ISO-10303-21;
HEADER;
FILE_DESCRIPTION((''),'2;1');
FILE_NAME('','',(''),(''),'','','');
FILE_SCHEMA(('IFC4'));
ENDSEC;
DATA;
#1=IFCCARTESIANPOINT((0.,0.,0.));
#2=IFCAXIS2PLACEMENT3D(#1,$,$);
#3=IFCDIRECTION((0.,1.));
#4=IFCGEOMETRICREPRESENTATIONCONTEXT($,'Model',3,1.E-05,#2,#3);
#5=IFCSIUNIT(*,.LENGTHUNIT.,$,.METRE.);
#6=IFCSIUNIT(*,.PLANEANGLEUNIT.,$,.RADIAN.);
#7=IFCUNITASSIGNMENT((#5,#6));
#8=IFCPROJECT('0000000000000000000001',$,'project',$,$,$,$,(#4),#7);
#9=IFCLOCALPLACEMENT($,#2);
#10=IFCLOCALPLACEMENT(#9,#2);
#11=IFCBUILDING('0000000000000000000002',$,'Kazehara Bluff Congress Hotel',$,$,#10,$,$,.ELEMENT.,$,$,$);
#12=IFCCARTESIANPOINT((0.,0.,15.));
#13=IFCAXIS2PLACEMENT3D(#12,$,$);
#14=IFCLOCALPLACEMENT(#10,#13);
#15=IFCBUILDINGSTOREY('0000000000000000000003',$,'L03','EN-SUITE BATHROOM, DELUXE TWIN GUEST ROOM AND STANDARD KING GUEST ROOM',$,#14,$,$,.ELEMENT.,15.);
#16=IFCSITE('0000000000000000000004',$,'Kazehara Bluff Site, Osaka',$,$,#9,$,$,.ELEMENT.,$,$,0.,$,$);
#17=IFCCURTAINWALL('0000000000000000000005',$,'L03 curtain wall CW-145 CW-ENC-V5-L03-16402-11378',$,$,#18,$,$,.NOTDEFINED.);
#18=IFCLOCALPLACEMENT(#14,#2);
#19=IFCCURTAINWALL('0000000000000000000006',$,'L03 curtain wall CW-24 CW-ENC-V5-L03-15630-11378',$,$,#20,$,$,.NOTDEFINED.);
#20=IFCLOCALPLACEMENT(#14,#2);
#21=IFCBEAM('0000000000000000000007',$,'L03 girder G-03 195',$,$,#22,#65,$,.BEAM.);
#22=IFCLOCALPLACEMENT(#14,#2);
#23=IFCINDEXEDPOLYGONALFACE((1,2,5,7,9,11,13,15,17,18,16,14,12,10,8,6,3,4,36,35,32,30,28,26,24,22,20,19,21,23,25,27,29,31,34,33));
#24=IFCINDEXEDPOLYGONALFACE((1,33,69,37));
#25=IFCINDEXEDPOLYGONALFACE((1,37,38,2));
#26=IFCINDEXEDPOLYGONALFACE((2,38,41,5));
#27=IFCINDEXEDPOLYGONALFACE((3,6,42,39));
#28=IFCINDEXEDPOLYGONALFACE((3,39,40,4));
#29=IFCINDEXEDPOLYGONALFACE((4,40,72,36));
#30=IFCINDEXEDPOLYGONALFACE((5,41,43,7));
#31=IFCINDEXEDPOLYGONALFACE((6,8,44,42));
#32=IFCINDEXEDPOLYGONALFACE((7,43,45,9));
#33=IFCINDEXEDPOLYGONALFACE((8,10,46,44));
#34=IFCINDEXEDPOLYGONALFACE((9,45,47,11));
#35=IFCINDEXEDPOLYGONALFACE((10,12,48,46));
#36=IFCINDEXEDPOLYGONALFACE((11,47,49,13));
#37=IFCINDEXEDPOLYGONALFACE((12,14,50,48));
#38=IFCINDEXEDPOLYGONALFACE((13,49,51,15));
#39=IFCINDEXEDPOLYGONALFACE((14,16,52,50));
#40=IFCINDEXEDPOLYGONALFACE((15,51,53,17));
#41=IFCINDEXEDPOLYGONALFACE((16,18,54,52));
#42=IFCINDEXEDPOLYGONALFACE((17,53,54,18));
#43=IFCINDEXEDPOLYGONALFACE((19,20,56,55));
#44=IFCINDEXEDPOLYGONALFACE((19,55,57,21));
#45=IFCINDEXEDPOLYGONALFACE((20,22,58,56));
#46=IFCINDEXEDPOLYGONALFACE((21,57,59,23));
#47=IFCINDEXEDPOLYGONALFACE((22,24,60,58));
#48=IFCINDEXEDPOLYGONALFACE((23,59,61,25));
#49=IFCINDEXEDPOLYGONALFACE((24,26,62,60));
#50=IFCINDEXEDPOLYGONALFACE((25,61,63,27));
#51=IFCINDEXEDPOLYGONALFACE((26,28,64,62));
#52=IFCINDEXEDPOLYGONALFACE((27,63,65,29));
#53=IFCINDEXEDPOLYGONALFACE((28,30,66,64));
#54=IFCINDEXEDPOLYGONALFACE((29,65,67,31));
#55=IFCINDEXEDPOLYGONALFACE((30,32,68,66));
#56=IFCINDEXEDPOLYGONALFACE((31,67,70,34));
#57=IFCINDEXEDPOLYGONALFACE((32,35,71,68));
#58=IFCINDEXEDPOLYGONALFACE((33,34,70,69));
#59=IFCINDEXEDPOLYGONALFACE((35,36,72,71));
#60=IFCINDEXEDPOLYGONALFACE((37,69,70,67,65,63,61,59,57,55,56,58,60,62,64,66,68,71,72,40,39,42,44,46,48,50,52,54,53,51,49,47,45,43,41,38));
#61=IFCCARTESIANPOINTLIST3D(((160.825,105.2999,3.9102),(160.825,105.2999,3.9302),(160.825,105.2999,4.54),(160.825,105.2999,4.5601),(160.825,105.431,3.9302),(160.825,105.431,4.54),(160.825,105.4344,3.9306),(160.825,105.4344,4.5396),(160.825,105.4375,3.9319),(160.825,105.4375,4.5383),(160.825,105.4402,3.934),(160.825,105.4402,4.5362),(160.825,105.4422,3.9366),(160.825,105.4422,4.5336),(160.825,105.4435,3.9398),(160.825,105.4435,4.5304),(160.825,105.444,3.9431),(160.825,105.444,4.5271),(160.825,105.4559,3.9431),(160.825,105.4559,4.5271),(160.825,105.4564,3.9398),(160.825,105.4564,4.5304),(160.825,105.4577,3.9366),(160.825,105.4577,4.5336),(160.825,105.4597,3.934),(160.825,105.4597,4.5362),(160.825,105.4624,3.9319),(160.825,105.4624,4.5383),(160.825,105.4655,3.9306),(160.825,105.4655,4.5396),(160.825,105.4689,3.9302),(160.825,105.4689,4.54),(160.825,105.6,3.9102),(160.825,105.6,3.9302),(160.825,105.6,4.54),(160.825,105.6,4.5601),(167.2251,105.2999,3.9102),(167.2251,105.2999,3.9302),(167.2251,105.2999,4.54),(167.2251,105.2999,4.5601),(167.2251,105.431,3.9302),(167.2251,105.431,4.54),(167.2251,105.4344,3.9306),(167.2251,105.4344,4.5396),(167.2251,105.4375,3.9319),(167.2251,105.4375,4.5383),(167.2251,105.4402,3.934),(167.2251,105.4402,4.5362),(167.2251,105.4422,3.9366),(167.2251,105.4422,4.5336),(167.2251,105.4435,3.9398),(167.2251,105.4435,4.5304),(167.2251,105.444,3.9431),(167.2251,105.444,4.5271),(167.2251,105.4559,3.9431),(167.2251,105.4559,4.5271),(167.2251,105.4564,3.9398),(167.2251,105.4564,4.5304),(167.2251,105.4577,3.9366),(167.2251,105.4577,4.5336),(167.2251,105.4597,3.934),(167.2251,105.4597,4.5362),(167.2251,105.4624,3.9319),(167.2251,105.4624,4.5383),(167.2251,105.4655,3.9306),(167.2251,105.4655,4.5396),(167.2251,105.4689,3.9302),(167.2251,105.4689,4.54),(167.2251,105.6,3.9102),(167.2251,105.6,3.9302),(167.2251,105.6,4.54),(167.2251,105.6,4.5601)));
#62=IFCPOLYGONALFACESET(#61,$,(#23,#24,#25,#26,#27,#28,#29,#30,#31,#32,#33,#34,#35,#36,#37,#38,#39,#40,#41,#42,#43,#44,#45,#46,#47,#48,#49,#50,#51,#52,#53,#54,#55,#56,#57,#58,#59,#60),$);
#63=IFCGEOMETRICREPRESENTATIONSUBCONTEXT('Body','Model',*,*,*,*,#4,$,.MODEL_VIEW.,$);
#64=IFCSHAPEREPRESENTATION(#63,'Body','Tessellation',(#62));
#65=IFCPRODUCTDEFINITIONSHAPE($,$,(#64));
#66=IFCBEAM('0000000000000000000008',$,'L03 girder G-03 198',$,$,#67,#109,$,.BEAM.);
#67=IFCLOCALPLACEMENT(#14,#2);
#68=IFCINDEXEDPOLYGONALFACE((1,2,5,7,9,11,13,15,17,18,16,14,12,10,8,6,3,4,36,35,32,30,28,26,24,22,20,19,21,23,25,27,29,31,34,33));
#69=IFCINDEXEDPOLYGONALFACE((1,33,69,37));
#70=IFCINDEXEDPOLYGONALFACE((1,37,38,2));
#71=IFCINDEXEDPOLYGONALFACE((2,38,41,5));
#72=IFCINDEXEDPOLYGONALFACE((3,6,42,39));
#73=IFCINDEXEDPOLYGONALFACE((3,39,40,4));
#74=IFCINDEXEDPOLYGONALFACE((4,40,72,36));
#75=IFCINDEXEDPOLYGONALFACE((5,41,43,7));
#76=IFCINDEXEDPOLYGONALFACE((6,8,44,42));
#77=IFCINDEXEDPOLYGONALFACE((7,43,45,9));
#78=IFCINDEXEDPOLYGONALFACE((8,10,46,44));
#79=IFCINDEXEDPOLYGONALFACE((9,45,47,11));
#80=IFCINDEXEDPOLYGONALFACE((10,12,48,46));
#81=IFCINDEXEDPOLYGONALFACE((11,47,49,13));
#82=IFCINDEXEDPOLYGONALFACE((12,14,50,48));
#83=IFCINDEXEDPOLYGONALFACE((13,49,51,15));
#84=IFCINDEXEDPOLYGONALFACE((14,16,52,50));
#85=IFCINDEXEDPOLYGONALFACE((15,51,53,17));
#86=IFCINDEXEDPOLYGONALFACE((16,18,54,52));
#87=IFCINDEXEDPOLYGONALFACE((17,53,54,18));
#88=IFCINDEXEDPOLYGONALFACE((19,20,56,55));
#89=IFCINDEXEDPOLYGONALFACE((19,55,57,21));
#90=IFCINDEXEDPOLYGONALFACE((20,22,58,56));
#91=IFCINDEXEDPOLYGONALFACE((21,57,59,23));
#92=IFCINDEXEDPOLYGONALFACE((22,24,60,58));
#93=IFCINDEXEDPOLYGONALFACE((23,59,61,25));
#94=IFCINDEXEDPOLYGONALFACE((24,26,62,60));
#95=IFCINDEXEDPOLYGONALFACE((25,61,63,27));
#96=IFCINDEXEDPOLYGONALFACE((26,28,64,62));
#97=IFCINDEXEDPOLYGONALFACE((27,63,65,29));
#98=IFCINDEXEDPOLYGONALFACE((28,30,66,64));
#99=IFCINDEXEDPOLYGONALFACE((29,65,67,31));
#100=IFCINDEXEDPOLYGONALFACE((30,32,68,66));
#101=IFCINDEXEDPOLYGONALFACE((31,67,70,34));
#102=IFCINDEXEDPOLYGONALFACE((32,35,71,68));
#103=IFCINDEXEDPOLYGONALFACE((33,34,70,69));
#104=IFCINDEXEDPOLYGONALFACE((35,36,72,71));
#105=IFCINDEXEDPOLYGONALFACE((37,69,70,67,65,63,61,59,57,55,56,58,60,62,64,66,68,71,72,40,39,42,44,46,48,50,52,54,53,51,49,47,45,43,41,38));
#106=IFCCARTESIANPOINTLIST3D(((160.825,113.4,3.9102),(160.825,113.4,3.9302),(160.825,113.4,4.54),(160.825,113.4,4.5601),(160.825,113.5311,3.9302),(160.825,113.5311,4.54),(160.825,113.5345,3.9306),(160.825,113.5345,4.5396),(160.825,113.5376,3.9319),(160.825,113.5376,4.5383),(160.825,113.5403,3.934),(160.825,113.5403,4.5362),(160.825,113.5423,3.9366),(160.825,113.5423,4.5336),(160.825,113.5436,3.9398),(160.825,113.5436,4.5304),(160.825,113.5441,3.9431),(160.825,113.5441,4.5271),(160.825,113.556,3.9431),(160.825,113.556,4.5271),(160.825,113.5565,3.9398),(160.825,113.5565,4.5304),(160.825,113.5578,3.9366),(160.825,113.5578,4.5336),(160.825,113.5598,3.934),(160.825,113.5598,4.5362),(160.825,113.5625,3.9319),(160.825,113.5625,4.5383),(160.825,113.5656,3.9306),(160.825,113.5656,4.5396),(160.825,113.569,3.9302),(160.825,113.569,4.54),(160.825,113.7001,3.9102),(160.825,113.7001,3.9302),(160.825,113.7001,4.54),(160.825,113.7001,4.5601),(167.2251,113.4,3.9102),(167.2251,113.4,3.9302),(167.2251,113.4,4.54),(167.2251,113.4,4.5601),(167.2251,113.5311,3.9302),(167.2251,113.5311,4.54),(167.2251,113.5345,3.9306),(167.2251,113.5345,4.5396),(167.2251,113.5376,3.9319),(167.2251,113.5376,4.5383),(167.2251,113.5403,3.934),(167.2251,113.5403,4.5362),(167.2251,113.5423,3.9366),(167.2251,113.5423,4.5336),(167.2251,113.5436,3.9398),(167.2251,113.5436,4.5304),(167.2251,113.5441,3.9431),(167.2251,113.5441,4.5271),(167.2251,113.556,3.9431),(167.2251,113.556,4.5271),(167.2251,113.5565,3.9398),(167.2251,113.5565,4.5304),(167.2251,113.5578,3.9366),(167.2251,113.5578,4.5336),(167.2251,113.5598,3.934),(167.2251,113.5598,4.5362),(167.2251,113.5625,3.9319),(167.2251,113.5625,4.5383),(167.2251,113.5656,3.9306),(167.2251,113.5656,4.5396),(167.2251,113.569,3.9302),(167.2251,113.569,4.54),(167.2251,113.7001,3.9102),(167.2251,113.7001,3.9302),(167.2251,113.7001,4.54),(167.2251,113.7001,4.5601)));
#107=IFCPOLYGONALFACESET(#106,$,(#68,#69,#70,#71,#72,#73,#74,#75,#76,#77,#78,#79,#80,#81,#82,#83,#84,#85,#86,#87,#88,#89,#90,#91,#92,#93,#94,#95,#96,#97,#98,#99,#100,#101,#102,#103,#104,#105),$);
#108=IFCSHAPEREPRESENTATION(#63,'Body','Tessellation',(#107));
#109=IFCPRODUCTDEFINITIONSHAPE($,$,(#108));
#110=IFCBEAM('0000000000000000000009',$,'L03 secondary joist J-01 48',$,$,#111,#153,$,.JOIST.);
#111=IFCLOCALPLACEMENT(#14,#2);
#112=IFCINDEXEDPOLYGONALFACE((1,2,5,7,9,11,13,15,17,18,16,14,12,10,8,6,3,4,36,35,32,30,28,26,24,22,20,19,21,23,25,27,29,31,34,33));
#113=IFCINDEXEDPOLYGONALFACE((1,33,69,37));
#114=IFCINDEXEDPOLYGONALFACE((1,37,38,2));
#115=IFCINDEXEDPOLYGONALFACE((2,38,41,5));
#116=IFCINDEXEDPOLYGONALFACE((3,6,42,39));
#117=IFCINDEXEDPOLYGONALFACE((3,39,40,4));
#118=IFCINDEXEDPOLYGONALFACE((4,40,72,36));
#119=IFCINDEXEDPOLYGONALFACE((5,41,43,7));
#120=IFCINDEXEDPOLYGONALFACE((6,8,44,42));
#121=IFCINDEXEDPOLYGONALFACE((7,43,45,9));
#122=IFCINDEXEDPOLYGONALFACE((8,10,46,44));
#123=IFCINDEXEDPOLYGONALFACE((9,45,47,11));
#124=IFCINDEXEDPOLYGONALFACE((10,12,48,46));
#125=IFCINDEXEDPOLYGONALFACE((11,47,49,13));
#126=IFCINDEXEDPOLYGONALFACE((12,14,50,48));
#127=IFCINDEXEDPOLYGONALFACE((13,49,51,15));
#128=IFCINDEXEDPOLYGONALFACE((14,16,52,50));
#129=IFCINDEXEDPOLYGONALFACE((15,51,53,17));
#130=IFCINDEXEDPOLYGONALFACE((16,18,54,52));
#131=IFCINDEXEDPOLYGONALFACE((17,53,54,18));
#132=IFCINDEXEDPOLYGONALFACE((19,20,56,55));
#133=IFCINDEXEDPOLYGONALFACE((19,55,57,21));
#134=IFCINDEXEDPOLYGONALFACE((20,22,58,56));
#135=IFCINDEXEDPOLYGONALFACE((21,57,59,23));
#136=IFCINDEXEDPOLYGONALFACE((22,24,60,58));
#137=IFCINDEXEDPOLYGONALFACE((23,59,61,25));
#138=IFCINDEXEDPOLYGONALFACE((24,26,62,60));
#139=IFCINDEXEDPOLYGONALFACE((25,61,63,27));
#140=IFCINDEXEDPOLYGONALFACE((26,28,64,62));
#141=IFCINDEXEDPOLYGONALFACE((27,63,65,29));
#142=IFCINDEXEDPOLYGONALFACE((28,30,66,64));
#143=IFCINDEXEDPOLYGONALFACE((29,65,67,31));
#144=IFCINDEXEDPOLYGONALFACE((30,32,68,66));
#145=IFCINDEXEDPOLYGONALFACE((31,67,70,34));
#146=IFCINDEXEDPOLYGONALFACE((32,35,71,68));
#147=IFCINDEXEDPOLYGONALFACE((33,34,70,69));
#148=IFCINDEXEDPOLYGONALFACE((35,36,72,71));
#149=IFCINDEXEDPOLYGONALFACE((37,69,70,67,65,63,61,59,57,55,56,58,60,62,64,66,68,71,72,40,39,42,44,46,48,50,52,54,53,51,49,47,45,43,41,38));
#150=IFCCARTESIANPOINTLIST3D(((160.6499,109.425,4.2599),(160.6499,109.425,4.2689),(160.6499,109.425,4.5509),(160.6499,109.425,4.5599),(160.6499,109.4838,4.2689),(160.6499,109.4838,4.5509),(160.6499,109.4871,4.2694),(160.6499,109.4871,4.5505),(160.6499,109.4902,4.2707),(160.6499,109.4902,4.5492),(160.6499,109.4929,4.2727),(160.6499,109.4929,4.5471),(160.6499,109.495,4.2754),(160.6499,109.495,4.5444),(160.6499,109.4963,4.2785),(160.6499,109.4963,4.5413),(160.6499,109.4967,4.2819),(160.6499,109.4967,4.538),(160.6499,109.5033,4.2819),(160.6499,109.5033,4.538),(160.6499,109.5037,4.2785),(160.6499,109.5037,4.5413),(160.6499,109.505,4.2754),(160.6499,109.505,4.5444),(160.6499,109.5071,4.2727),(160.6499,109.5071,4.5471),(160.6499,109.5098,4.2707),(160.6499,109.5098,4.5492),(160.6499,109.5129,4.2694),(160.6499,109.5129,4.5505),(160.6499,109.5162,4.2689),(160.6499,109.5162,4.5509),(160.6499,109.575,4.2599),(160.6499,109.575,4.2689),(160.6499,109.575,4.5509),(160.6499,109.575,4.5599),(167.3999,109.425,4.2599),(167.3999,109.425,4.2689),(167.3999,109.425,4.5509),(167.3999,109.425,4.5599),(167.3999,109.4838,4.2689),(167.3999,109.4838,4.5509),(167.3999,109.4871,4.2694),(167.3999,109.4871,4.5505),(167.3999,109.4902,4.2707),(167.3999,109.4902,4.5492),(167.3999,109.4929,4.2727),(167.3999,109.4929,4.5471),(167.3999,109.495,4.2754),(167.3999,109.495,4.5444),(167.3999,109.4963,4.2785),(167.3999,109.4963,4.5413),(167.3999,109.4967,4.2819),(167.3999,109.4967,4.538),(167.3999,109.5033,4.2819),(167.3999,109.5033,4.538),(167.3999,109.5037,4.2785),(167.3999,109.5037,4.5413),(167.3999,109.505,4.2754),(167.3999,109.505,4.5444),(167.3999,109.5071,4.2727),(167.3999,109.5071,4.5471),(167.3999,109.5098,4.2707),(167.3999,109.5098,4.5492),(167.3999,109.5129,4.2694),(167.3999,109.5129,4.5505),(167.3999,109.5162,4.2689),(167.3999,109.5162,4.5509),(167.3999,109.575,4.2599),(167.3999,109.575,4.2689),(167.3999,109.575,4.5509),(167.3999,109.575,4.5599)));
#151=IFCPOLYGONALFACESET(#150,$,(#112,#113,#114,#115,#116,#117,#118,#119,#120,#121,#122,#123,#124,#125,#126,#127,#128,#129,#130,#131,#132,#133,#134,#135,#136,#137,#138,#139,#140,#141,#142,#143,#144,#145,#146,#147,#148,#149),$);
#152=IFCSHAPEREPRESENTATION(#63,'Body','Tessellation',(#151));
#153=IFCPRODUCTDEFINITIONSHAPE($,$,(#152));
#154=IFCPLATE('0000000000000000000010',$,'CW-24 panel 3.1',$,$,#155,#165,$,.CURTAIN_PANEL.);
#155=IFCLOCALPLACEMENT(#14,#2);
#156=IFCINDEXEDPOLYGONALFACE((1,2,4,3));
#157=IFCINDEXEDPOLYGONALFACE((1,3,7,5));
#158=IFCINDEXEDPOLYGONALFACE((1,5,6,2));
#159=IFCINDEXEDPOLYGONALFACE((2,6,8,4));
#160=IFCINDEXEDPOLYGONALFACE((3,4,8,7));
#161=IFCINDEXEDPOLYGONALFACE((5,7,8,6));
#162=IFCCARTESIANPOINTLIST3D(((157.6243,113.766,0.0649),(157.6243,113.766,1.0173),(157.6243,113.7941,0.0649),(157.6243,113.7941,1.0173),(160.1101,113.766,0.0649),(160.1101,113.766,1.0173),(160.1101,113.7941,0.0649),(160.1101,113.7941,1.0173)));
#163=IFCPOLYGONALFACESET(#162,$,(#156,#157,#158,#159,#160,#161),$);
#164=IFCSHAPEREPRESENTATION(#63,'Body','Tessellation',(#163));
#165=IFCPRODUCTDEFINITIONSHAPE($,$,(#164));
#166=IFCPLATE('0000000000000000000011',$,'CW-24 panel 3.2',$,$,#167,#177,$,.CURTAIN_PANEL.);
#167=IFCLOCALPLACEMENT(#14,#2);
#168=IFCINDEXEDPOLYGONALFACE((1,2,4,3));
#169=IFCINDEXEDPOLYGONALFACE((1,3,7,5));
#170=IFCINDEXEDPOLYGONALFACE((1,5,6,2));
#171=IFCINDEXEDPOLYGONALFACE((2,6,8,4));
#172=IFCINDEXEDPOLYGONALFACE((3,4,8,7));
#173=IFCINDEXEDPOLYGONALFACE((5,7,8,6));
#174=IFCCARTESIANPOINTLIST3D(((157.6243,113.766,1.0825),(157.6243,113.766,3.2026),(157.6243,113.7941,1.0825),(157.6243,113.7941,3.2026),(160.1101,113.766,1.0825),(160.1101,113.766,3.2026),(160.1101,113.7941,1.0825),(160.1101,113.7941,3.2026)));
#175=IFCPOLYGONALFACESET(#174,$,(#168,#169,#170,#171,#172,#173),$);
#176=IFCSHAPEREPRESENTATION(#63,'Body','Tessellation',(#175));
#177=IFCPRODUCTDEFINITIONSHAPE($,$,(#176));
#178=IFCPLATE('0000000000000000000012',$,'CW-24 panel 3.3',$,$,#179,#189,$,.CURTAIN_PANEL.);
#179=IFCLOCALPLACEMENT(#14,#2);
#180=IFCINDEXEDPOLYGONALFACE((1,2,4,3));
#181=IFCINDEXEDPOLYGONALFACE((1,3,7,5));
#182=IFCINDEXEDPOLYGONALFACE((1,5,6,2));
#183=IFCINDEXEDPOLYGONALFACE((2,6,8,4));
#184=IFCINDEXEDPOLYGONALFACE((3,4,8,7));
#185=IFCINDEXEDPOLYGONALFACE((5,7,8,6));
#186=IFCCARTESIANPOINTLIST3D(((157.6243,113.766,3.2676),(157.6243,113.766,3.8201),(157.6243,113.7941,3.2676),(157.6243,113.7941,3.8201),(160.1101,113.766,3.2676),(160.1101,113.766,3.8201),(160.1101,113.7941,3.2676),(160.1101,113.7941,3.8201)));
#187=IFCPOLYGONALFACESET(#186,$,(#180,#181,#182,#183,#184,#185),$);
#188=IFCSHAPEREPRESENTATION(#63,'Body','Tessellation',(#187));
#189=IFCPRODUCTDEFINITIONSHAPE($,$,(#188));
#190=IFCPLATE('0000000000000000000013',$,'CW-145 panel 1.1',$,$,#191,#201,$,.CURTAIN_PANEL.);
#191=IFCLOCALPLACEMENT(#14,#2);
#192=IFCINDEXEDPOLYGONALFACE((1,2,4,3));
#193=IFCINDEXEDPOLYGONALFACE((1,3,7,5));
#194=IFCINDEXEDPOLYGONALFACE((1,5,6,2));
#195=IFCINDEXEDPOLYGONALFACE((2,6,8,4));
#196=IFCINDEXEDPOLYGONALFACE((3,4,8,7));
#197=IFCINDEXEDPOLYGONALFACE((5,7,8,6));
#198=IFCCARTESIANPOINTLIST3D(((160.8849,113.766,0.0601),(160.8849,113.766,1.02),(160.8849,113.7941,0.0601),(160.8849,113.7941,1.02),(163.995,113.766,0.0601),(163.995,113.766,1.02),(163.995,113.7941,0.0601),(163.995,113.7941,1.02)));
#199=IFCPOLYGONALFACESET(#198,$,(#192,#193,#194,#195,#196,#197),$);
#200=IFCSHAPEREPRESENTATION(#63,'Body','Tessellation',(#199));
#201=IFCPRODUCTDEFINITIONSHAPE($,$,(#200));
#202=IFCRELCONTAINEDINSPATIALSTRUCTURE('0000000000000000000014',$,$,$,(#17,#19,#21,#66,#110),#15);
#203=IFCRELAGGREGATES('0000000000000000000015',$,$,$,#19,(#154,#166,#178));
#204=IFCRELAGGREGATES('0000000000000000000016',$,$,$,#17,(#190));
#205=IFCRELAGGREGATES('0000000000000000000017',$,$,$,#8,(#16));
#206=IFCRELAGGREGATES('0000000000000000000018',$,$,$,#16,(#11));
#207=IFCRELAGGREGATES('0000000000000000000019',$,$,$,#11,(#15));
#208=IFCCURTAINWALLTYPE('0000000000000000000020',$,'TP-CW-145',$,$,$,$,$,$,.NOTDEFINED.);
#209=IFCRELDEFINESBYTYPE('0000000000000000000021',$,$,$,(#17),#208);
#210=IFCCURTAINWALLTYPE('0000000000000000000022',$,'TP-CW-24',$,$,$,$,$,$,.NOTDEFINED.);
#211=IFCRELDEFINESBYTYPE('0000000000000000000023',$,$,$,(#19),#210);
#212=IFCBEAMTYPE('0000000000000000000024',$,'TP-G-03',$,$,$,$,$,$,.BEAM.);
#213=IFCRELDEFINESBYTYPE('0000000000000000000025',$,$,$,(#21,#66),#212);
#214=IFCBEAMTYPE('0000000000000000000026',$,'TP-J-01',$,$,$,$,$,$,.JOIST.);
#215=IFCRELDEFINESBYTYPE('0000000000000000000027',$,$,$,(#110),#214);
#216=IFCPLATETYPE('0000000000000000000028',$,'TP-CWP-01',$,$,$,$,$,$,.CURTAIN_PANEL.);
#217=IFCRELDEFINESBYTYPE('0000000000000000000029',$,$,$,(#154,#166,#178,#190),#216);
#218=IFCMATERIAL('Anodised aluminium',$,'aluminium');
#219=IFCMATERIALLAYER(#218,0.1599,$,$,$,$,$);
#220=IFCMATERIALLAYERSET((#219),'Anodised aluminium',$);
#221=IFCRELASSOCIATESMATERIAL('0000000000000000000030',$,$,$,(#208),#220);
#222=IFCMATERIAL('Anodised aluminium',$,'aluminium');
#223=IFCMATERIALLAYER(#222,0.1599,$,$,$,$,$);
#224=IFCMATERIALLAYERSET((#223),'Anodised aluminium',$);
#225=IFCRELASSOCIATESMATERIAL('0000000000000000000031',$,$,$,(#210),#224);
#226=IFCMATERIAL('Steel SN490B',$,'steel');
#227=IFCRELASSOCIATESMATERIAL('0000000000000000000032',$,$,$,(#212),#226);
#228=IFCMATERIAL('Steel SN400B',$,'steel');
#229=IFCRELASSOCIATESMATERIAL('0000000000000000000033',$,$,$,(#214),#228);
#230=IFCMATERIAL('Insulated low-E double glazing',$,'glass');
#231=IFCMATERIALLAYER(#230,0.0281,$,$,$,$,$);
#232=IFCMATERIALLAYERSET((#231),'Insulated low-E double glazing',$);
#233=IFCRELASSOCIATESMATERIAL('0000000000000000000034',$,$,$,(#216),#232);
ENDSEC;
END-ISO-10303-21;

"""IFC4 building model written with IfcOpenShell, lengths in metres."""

from ifc_helpers import new_model, si_unit, direction, frame, origin, origin_2d, place, context, subcontext, project, spatial, rectangle, i_section, extrude, material, layer, layer_set, material_profile, profile_set, type_object, element, aggregate, save


model = new_model("IFC4")

# Units and contexts
model_context = context("Model", 3, precision=1e-05, world=origin(), true_north=direction((0.0, 1.0)))
body_context = subcontext(model_context, "Body", "Model", "MODEL_VIEW")
ifc_project = project(units=[si_unit("LENGTHUNIT", "METRE"), si_unit("PLANEANGLEUNIT", "RADIAN")], contexts=[model_context])

# Site, building, storey
site_placement = place(None, origin())
site = spatial("IfcSite", under=ifc_project, at=site_placement, Name="Kazehara Bluff Site, Osaka", CompositionType="ELEMENT", RefElevation=0.0)
building_placement = place(site_placement, origin())
building = spatial("IfcBuilding", under=site, at=building_placement, Name="Kazehara Bluff Congress Hotel", CompositionType="ELEMENT")
storey_placement = place(building_placement, frame((0.0, 0.0, 15.0)))
storey = spatial("IfcBuildingStorey", under=building, at=storey_placement, Name="L03", Description="EN-SUITE BATHROOM, DELUXE TWIN GUEST ROOM AND STANDARD KING GUEST ROOM", CompositionType="ELEMENT", Elevation=15.0)

# Curtain wall
ifc_material_1 = material(Name="Anodised aluminium", Category="aluminium")
ifc_layer_1 = layer(ifc_material_1, 0.1599)
ifc_layer_set_1 = layer_set([ifc_layer_1], Name="Anodised aluminium")
curtain_wall_type_1 = type_object("IfcCurtainWallType", Name="TP-CW-145", PredefinedType="NOTDEFINED", material=ifc_layer_set_1)
curtain_wall_1_placement = place(storey_placement, origin())
curtain_wall_1 = element("IfcCurtainWall", 1, at=curtain_wall_1_placement, inside=storey, type_object=curtain_wall_type_1, Name="L03 curtain wall CW-145 CW-ENC-V5-L03-16402-11378", PredefinedType="NOTDEFINED")

# Curtain wall
ifc_material_2 = material(Name="Anodised aluminium", Category="aluminium")
ifc_layer_2 = layer(ifc_material_2, 0.1599)
ifc_layer_set_2 = layer_set([ifc_layer_2], Name="Anodised aluminium")
curtain_wall_type_2 = type_object("IfcCurtainWallType", Name="TP-CW-24", PredefinedType="NOTDEFINED", material=ifc_layer_set_2)
curtain_wall_2_placement = place(storey_placement, origin())
curtain_wall_2 = element("IfcCurtainWall", 2, at=curtain_wall_2_placement, inside=storey, type_object=curtain_wall_type_2, Name="L03 curtain wall CW-24 CW-ENC-V5-L03-15630-11378", PredefinedType="NOTDEFINED")

# Beams
ifc_material_3 = material(Name="Steel SN490B", Category="steel")
ifc_material_profile_1 = material_profile(ifc_material_3, i_section(OverallWidth=0.3, OverallDepth=0.6499, WebThickness=0.012, FlangeThickness=0.02, FilletRadius=0.0129, at=origin_2d()))
ifc_profile_set_1 = profile_set([ifc_material_profile_1], Name="Steel SN490B")
beam_type_1 = type_object("IfcBeamType", Name="TP-G-03", PredefinedType="BEAM", material=ifc_profile_set_1)
for number, where, z_axis, x_axis, name in (
    (3, (160.825, 105.45, 4.2351), (1.0, 0.0, 0.0), (0.0, 1.0, 0.0), "L03 girder G-03 195"),
    (4, (160.825, 113.55, 4.2351), (1.0, 0.0, 0.0), (0.0, 1.0, 0.0), "L03 girder G-03 198"),
):
    element("IfcBeam", number, at=place(storey_placement, frame(where, z_axis=z_axis, x_axis=x_axis)), inside=storey, type_object=beam_type_1, Name=name, PredefinedType="BEAM", context=body_context, shape_type="SweptSolid", body=[
        extrude(i_section(OverallWidth=0.3, OverallDepth=0.6499, WebThickness=0.012, FlangeThickness=0.02, FilletRadius=0.0129, at=origin_2d()), origin(), (0.0, 0.0, 1.0), 6.4001),
    ])
ifc_material_4 = material(Name="Steel SN400B", Category="steel")
ifc_material_profile_2 = material_profile(ifc_material_4, i_section(OverallWidth=0.1499, OverallDepth=0.3, WebThickness=0.0066, FlangeThickness=0.009, FilletRadius=0.0129, at=origin_2d()))
ifc_profile_set_2 = profile_set([ifc_material_profile_2], Name="Steel SN400B")
beam_type_2 = type_object("IfcBeamType", Name="TP-J-01", PredefinedType="JOIST", material=ifc_profile_set_2)
beam_1_placement = place(storey_placement, frame((160.6499, 109.5, 4.4099), z_axis=(1.0, 0.0, 0.0), x_axis=(0.0, 1.0, 0.0)))
element("IfcBeam", 5, at=beam_1_placement, inside=storey, type_object=beam_type_2, Name="L03 secondary joist J-01 48", PredefinedType="JOIST", context=body_context, shape_type="SweptSolid", body=[
    extrude(i_section(OverallWidth=0.1499, OverallDepth=0.3, WebThickness=0.0066, FlangeThickness=0.009, FilletRadius=0.0129, at=origin_2d()), origin(), (0.0, 0.0, 1.0), 6.75),
])

# Plates
ifc_material_5 = material(Name="Insulated low-E double glazing", Category="glass")
ifc_layer_3 = layer(ifc_material_5, 0.0281)
ifc_layer_set_3 = layer_set([ifc_layer_3], Name="Insulated low-E double glazing")
plate_type = type_object("IfcPlateType", Name="TP-CWP-01", PredefinedType="CURTAIN_PANEL", material=ifc_layer_set_3)
plate_1_placement = place(storey_placement, frame((158.8672, 113.78, 0.0649), z_axis=(0.0, 0.0, 1.0), x_axis=(1.0, 0.0, 0.0)))
plate_1 = element("IfcPlate", 6, at=plate_1_placement, type_object=plate_type, Name="CW-24 panel 3.1", PredefinedType="CURTAIN_PANEL", context=body_context, shape_type="SweptSolid", body=[
    extrude(rectangle(XDim=2.4858, YDim=0.0281, at=origin_2d()), origin(), (0.0, 0.0, 1.0), 0.9524),
])
plate_2_placement = place(storey_placement, frame((158.8672, 113.78, 1.0825), z_axis=(0.0, 0.0, 1.0), x_axis=(1.0, 0.0, 0.0)))
plate_2 = element("IfcPlate", 7, at=plate_2_placement, type_object=plate_type, Name="CW-24 panel 3.2", PredefinedType="CURTAIN_PANEL", context=body_context, shape_type="SweptSolid", body=[
    extrude(rectangle(XDim=2.4858, YDim=0.0281, at=origin_2d()), origin(), (0.0, 0.0, 1.0), 2.1201),
])
plate_3_placement = place(storey_placement, frame((158.8672, 113.78, 3.2676), z_axis=(0.0, 0.0, 1.0), x_axis=(1.0, 0.0, 0.0)))
plate_3 = element("IfcPlate", 8, at=plate_3_placement, type_object=plate_type, Name="CW-24 panel 3.3", PredefinedType="CURTAIN_PANEL", context=body_context, shape_type="SweptSolid", body=[
    extrude(rectangle(XDim=2.4858, YDim=0.0281, at=origin_2d()), origin(), (0.0, 0.0, 1.0), 0.5525),
])
aggregate(curtain_wall_2, [plate_1, plate_2, plate_3])
plate_4_placement = place(storey_placement, frame((162.4399, 113.78, 0.0601), z_axis=(0.0, 0.0, 1.0), x_axis=(1.0, 0.0, 0.0)))
plate_4 = element("IfcPlate", 9, at=plate_4_placement, type_object=plate_type, Name="CW-145 panel 1.1", PredefinedType="CURTAIN_PANEL", context=body_context, shape_type="SweptSolid", body=[
    extrude(rectangle(XDim=3.1101, YDim=0.0281, at=origin_2d()), origin(), (0.0, 0.0, 1.0), 0.96),
])
aggregate(curtain_wall_1, [plate_4])

save(model, "model.ifc")
